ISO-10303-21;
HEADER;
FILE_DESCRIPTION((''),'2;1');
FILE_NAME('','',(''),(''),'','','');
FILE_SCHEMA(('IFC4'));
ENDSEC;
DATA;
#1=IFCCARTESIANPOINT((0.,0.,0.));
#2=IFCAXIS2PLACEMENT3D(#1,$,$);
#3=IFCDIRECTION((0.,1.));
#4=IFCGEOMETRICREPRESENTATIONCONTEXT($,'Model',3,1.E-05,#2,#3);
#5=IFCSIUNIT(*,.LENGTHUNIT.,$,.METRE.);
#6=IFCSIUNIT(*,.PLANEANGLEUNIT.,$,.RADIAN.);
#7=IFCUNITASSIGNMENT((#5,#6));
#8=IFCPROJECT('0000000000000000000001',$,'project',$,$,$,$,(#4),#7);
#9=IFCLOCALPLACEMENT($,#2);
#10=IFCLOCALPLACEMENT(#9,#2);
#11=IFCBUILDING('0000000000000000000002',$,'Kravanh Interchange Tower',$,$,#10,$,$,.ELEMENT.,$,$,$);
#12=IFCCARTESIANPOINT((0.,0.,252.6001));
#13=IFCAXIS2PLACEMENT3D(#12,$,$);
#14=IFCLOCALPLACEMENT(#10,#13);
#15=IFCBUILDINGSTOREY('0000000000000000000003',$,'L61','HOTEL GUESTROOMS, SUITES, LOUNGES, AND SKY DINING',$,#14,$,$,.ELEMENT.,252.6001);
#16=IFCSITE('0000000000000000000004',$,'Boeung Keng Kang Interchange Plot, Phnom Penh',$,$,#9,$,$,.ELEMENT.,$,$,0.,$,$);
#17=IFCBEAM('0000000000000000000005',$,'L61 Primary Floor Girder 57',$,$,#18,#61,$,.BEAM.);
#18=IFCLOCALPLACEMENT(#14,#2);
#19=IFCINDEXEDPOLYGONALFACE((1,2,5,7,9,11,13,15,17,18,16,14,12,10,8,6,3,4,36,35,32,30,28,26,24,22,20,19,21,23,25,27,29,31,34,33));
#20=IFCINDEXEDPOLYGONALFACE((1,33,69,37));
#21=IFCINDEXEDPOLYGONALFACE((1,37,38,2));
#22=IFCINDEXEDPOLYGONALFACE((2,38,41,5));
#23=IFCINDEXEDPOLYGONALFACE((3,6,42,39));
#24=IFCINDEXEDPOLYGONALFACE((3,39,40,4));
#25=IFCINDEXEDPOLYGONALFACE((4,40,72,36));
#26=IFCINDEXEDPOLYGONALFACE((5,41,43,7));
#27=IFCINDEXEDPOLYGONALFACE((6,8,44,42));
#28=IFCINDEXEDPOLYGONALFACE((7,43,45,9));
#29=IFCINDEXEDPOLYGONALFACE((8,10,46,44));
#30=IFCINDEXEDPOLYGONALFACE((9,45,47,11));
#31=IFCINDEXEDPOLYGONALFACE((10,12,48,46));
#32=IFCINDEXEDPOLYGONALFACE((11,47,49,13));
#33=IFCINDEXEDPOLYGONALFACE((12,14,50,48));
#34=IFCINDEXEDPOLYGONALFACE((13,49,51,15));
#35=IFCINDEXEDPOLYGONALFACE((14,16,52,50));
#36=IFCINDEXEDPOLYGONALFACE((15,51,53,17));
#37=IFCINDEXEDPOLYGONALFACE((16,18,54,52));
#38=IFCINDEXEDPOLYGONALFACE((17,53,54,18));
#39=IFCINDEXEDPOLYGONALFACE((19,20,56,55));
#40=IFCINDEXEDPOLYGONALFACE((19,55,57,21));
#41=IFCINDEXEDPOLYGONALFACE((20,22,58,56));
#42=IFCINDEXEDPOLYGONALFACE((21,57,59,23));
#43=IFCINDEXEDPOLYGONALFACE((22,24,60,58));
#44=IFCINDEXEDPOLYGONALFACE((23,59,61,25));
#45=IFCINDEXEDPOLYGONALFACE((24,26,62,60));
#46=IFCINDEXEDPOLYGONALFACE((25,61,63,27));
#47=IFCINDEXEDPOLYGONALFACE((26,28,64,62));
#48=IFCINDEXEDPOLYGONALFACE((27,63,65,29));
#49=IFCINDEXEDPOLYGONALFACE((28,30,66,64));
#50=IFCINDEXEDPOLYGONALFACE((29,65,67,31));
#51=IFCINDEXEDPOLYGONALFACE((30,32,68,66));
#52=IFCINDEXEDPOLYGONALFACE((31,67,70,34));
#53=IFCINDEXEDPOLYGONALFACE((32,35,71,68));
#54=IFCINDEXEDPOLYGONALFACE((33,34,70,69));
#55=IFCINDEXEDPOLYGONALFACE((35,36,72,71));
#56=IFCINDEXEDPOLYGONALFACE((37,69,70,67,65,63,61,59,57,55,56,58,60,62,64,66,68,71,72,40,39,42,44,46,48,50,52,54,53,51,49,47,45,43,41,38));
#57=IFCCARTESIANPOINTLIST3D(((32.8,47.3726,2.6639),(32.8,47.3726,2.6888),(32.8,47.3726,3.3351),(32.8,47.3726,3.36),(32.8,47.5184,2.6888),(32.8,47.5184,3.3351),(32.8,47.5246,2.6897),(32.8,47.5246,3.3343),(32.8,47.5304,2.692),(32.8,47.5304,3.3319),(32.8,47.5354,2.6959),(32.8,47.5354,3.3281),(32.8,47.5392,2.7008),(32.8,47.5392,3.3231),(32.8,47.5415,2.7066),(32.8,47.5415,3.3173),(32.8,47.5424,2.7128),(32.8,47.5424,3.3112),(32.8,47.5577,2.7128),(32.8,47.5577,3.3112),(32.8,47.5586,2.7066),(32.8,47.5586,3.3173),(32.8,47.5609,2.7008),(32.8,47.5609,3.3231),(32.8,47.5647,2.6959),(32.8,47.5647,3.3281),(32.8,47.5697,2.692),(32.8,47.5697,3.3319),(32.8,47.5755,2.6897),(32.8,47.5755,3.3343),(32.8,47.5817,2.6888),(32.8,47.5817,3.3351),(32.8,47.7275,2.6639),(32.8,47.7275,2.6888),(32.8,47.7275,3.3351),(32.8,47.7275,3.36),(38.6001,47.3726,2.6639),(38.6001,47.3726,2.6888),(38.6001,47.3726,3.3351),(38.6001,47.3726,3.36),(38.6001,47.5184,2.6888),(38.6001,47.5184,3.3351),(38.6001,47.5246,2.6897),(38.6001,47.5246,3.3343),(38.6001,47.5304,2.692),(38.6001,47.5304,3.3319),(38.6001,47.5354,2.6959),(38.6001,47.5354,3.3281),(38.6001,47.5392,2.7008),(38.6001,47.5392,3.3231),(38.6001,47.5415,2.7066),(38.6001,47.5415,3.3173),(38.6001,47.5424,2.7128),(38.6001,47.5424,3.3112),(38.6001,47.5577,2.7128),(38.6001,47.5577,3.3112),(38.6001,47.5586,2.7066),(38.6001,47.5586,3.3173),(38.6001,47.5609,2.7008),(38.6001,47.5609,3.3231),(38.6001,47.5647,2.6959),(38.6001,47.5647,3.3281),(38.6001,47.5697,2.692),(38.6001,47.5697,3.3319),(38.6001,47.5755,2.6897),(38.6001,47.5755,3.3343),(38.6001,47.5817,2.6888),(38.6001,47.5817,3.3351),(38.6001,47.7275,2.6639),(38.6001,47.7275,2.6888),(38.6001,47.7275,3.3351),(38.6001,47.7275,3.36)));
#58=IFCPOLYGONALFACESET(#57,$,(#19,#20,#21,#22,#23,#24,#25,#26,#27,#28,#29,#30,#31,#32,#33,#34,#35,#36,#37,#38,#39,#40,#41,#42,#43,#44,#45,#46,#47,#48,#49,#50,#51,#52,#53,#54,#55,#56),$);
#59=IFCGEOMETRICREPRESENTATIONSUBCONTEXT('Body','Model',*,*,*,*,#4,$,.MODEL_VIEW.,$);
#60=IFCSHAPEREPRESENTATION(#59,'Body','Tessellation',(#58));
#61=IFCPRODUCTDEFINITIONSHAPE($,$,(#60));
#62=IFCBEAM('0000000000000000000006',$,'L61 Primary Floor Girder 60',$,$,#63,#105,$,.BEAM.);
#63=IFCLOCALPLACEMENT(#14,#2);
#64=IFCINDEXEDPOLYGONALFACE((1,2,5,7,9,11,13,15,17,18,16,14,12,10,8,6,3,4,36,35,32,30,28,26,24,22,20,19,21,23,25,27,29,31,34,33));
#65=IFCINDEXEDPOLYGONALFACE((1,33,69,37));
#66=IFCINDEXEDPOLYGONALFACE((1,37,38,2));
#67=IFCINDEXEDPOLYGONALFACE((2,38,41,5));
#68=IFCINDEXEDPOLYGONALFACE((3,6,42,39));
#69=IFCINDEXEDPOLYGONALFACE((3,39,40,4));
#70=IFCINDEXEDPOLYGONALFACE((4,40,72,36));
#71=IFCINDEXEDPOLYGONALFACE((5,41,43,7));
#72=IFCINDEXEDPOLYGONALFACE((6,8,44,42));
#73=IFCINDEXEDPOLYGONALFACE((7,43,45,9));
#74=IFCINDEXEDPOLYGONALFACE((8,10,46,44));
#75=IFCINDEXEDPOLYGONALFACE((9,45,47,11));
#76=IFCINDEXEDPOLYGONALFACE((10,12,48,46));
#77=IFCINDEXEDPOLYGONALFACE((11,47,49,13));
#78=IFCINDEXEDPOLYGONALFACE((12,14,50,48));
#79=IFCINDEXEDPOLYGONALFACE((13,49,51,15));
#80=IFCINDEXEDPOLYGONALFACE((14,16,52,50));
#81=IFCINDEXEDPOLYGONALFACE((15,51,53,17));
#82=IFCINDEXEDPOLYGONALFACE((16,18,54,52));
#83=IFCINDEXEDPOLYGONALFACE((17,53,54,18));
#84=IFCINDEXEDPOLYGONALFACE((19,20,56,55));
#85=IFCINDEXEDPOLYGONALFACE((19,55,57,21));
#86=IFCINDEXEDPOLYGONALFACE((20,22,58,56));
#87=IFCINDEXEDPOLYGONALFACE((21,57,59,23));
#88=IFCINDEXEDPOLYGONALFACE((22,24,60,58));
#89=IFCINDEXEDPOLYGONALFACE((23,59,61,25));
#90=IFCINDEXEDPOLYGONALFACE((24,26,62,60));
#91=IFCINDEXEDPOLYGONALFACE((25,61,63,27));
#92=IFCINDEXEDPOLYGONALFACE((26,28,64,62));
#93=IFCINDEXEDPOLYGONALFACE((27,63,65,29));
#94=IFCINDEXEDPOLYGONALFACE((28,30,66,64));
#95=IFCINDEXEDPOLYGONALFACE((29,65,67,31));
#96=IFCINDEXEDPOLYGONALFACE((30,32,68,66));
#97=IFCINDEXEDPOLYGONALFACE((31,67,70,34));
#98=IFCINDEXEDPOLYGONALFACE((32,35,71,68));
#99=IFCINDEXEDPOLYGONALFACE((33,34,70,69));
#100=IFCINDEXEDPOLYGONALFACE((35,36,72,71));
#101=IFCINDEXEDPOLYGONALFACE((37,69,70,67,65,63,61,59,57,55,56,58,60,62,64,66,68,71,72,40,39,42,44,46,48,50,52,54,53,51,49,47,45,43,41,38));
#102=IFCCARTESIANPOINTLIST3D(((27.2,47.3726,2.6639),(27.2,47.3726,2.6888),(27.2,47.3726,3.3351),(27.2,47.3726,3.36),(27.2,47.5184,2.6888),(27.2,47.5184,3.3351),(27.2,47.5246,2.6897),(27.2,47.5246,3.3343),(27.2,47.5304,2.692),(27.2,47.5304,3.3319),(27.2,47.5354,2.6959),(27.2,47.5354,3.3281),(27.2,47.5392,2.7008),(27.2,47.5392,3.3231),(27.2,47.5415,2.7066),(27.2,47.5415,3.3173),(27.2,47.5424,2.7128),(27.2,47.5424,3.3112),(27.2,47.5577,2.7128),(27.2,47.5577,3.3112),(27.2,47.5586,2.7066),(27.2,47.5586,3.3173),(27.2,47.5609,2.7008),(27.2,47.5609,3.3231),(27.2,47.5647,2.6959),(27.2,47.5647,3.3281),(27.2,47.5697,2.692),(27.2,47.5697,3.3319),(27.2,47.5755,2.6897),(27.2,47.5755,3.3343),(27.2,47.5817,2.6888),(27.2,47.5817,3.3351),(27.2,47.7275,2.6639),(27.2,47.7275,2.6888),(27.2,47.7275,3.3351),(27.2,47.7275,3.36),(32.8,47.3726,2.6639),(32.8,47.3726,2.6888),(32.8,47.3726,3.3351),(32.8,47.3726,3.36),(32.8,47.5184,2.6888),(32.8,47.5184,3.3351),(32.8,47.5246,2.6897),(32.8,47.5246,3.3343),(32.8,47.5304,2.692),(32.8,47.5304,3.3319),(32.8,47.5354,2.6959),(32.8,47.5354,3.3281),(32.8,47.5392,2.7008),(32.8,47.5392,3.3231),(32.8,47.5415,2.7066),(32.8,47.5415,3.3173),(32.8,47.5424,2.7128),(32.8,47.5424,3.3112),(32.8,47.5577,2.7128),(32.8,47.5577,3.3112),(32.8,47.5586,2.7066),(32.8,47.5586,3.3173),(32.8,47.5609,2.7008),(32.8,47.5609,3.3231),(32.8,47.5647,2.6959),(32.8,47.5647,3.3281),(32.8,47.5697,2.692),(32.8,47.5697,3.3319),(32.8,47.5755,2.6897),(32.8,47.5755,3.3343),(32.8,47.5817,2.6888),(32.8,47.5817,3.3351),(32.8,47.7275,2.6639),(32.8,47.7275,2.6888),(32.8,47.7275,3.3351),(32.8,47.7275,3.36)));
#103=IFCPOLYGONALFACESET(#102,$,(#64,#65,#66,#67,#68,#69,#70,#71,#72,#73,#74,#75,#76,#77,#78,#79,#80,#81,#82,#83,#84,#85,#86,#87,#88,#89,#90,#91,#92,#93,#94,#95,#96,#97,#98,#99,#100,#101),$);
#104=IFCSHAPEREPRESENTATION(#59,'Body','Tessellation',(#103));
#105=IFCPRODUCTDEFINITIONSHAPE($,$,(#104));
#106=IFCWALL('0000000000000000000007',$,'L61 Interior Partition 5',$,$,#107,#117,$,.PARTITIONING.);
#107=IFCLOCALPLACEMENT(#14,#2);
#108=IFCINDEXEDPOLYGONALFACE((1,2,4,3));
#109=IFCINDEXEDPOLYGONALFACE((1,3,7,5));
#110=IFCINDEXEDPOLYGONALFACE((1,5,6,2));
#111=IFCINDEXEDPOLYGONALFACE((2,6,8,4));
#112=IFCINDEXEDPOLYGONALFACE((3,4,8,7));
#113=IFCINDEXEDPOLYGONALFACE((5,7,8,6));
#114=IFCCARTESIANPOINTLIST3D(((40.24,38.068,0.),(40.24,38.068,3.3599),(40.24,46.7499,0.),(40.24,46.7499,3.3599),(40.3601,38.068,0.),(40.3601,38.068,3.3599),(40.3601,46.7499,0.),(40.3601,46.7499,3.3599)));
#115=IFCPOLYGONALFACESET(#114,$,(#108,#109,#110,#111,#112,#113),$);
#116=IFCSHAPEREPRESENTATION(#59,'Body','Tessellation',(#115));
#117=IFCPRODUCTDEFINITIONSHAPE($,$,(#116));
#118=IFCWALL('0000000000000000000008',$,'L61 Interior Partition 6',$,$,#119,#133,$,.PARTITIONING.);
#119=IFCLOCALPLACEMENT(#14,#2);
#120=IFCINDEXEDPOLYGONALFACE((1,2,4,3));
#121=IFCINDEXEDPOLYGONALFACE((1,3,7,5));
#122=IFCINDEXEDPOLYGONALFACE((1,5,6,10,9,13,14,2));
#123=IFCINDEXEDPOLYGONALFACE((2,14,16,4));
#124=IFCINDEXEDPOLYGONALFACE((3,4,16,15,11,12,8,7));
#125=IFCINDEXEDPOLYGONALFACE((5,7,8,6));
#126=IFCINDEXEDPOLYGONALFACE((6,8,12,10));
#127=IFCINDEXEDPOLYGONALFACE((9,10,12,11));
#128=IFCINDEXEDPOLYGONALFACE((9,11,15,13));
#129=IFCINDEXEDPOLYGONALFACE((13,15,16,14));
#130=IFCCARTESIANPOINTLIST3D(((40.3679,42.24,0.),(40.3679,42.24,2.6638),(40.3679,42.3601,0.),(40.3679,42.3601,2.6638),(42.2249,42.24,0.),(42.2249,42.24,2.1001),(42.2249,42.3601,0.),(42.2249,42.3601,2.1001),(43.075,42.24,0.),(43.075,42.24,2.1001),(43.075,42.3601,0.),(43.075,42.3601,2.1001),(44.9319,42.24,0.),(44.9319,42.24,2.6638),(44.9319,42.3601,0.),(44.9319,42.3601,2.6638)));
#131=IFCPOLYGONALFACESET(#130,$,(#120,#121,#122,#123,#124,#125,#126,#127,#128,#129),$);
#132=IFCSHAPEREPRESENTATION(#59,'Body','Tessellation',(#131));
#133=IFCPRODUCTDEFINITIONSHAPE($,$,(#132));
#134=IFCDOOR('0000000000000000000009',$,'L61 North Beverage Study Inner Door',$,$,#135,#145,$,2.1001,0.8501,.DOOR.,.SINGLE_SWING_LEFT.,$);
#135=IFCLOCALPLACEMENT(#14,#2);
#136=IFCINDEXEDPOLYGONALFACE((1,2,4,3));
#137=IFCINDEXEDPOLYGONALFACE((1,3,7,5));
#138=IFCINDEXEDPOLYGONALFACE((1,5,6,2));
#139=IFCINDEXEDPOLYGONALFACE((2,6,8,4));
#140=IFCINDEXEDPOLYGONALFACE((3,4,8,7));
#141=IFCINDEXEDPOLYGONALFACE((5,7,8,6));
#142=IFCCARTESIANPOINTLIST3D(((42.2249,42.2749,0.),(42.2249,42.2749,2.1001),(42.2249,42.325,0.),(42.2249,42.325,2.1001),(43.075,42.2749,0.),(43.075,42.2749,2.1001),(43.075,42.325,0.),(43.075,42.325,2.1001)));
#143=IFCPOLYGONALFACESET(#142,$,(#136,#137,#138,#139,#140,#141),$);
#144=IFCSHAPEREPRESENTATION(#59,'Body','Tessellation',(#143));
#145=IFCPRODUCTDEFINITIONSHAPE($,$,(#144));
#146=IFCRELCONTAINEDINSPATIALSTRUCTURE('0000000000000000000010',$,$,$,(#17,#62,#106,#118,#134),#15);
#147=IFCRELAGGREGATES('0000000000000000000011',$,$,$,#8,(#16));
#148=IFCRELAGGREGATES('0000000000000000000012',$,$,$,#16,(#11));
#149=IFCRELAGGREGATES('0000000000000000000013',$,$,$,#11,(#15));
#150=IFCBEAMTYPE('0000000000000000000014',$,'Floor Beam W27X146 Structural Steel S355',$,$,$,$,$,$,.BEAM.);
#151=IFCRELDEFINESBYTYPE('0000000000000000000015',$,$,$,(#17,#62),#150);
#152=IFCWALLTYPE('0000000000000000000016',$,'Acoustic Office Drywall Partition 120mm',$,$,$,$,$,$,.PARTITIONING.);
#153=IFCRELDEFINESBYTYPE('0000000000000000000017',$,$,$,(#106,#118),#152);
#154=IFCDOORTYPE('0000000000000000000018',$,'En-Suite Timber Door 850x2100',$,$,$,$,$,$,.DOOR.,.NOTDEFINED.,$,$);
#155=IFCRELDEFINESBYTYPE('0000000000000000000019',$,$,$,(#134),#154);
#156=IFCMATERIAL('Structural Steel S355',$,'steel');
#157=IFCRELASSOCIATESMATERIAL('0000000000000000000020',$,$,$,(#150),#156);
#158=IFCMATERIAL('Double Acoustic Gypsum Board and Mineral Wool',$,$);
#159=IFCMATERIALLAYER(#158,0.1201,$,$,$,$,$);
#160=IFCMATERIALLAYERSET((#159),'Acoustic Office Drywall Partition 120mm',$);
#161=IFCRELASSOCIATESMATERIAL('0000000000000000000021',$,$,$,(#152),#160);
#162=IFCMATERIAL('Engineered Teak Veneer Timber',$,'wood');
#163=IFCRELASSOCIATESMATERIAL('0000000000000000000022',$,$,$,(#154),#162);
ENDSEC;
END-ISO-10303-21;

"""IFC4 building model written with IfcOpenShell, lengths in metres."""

from ifc_helpers import new_model, si_unit, direction, frame, frame_2d, origin, origin_2d, place, context, subcontext, project, spatial, rectangle, i_section, extrude, material, layer, layer_set, material_profile, profile_set, type_object, element, fill, save


model = new_model("IFC4")

# Units and contexts
model_context = context("Model", 3, precision=1e-05, world=origin(), true_north=direction((0.0, 1.0)))
body_context = subcontext(model_context, "Body", "Model", "MODEL_VIEW")
ifc_project = project(units=[si_unit("LENGTHUNIT", "METRE"), si_unit("PLANEANGLEUNIT", "RADIAN")], contexts=[model_context])

# Site, building, storey
site_placement = place(None, origin())
site = spatial("IfcSite", under=ifc_project, at=site_placement, Name="Boeung Keng Kang Interchange Plot, Phnom Penh", CompositionType="ELEMENT", RefElevation=0.0)
building_placement = place(site_placement, origin())
building = spatial("IfcBuilding", under=site, at=building_placement, Name="Kravanh Interchange Tower", CompositionType="ELEMENT")
storey_placement = place(building_placement, frame((0.0, 0.0, 252.6001)))
storey = spatial("IfcBuildingStorey", under=building, at=storey_placement, Name="L61", Description="HOTEL GUESTROOMS, SUITES, LOUNGES, AND SKY DINING", CompositionType="ELEMENT", Elevation=252.6001)

# Beams
ifc_material_1 = material(Name="Structural Steel S355", Category="steel")
ifc_material_profile_1 = material_profile(ifc_material_1, i_section(OverallWidth=0.355, OverallDepth=0.696, WebThickness=0.0154, FlangeThickness=0.0249, FilletRadius=0.0239, at=origin_2d()), Name="W27X146")
ifc_profile_set_1 = profile_set([ifc_material_profile_1], Name="Structural Steel S355")
beam_type = type_object("IfcBeamType", Name="Floor Beam W27X146 Structural Steel S355", PredefinedType="BEAM", material=ifc_profile_set_1)
beam_1_placement = place(storey_placement, frame((38.6001, 47.55, 3.012), z_axis=(-1.0, 0.0, 0.0), x_axis=(0.0, -1.0, 0.0)))
element("IfcBeam", 1, at=beam_1_placement, inside=storey, type_object=beam_type, Name="L61 Primary Floor Girder 57", PredefinedType="BEAM", context=body_context, shape_type="SweptSolid", body=[
    extrude(i_section(OverallWidth=0.355, OverallDepth=0.696, WebThickness=0.0154, FlangeThickness=0.0249, FilletRadius=0.0239, at=origin_2d()), origin(), (0.0, 0.0, 1.0), 5.8),
])
beam_2_placement = place(storey_placement, frame((32.8, 47.55, 3.012), z_axis=(-1.0, 0.0, 0.0), x_axis=(0.0, -1.0, 0.0)))
element("IfcBeam", 2, at=beam_2_placement, inside=storey, type_object=beam_type, Name="L61 Primary Floor Girder 60", PredefinedType="BEAM", context=body_context, shape_type="SweptSolid", body=[
    extrude(i_section(OverallWidth=0.355, OverallDepth=0.696, WebThickness=0.0154, FlangeThickness=0.0249, FilletRadius=0.0239, at=origin_2d()), origin(), (0.0, 0.0, 1.0), 5.6001),
])

# Wall
ifc_material_2 = material(Name="Double Acoustic Gypsum Board and Mineral Wool")
ifc_layer_1 = layer(ifc_material_2, 0.1201)
ifc_layer_set_1 = layer_set([ifc_layer_1], Name="Acoustic Office Drywall Partition 120mm")
wall_type_1 = type_object("IfcWallType", Name="Acoustic Office Drywall Partition 120mm", PredefinedType="PARTITIONING", material=ifc_layer_set_1)
wall_1_placement = place(storey_placement, frame((40.3, 38.0681, 0.0), z_axis=(0.0, 0.0, 1.0), x_axis=(0.0, 1.0, 0.0)))
element("IfcWall", 3, at=wall_1_placement, inside=storey, type_object=wall_type_1, Name="L61 Interior Partition 5", PredefinedType="PARTITIONING", context=body_context, shape_type="SweptSolid", body=[
    extrude(rectangle(XDim=8.6819, YDim=0.1201, at=frame_2d((4.3408, 0.0))), origin(), (0.0, 0.0, 1.0), 3.3599),
])

# Wall, opening, door
wall_2_placement = place(storey_placement, frame((40.3679, 42.3, 0.0), z_axis=(0.0, 0.0, 1.0), x_axis=(1.0, 0.0, 0.0)))
wall_2 = element("IfcWall", 4, at=wall_2_placement, inside=storey, type_object=wall_type_1, Name="L61 Interior Partition 6", PredefinedType="PARTITIONING", context=body_context, shape_type="SweptSolid", body=[
    extrude(rectangle(XDim=4.564, YDim=0.1201, at=frame_2d((2.282, 0.0))), origin(), (0.0, 0.0, 1.0), 2.6638),
])
opening_1_placement = place(wall_2_placement, frame((1.8569, 0.0, 0.0)))
opening_1 = element("IfcOpeningElement", 5, at=opening_1_placement, cuts=wall_2, PredefinedType="OPENING", context=body_context, shape_type="SweptSolid", body=[
    extrude(rectangle(XDim=0.8501, YDim=2.1001, at=frame_2d((0.425, 1.05))), frame((0.0, 0.0701, 0.0), z_axis=(0.0, -1.0, 0.0), x_axis=(1.0, 0.0, 0.0)), (0.0, 0.0, 1.0), 0.1401),
])
ifc_material_3 = material(Name="Engineered Teak Veneer Timber", Category="wood")
door_type_1 = type_object("IfcDoorType", Name="En-Suite Timber Door 850x2100", OperationType="NOTDEFINED", PredefinedType="DOOR", material=ifc_material_3)
door_1_placement = place(opening_1_placement, origin())
door_1 = element("IfcDoor", 6, at=door_1_placement, inside=storey, type_object=door_type_1, Name="L61 North Beverage Study Inner Door", OperationType="SINGLE_SWING_LEFT", OverallHeight=2.1001, OverallWidth=0.8501, PredefinedType="DOOR", context=body_context, shape_type="SweptSolid", body=[
    extrude(rectangle(XDim=0.8501, YDim=2.1001, at=frame_2d((0.425, 1.05))), frame((0.0, 0.0249, 0.0), z_axis=(0.0, -1.0, 0.0), x_axis=(1.0, 0.0, 0.0)), (0.0, 0.0, 1.0), 0.05),
])
fill(opening_1, door_1)

save(model, "model.ifc")
